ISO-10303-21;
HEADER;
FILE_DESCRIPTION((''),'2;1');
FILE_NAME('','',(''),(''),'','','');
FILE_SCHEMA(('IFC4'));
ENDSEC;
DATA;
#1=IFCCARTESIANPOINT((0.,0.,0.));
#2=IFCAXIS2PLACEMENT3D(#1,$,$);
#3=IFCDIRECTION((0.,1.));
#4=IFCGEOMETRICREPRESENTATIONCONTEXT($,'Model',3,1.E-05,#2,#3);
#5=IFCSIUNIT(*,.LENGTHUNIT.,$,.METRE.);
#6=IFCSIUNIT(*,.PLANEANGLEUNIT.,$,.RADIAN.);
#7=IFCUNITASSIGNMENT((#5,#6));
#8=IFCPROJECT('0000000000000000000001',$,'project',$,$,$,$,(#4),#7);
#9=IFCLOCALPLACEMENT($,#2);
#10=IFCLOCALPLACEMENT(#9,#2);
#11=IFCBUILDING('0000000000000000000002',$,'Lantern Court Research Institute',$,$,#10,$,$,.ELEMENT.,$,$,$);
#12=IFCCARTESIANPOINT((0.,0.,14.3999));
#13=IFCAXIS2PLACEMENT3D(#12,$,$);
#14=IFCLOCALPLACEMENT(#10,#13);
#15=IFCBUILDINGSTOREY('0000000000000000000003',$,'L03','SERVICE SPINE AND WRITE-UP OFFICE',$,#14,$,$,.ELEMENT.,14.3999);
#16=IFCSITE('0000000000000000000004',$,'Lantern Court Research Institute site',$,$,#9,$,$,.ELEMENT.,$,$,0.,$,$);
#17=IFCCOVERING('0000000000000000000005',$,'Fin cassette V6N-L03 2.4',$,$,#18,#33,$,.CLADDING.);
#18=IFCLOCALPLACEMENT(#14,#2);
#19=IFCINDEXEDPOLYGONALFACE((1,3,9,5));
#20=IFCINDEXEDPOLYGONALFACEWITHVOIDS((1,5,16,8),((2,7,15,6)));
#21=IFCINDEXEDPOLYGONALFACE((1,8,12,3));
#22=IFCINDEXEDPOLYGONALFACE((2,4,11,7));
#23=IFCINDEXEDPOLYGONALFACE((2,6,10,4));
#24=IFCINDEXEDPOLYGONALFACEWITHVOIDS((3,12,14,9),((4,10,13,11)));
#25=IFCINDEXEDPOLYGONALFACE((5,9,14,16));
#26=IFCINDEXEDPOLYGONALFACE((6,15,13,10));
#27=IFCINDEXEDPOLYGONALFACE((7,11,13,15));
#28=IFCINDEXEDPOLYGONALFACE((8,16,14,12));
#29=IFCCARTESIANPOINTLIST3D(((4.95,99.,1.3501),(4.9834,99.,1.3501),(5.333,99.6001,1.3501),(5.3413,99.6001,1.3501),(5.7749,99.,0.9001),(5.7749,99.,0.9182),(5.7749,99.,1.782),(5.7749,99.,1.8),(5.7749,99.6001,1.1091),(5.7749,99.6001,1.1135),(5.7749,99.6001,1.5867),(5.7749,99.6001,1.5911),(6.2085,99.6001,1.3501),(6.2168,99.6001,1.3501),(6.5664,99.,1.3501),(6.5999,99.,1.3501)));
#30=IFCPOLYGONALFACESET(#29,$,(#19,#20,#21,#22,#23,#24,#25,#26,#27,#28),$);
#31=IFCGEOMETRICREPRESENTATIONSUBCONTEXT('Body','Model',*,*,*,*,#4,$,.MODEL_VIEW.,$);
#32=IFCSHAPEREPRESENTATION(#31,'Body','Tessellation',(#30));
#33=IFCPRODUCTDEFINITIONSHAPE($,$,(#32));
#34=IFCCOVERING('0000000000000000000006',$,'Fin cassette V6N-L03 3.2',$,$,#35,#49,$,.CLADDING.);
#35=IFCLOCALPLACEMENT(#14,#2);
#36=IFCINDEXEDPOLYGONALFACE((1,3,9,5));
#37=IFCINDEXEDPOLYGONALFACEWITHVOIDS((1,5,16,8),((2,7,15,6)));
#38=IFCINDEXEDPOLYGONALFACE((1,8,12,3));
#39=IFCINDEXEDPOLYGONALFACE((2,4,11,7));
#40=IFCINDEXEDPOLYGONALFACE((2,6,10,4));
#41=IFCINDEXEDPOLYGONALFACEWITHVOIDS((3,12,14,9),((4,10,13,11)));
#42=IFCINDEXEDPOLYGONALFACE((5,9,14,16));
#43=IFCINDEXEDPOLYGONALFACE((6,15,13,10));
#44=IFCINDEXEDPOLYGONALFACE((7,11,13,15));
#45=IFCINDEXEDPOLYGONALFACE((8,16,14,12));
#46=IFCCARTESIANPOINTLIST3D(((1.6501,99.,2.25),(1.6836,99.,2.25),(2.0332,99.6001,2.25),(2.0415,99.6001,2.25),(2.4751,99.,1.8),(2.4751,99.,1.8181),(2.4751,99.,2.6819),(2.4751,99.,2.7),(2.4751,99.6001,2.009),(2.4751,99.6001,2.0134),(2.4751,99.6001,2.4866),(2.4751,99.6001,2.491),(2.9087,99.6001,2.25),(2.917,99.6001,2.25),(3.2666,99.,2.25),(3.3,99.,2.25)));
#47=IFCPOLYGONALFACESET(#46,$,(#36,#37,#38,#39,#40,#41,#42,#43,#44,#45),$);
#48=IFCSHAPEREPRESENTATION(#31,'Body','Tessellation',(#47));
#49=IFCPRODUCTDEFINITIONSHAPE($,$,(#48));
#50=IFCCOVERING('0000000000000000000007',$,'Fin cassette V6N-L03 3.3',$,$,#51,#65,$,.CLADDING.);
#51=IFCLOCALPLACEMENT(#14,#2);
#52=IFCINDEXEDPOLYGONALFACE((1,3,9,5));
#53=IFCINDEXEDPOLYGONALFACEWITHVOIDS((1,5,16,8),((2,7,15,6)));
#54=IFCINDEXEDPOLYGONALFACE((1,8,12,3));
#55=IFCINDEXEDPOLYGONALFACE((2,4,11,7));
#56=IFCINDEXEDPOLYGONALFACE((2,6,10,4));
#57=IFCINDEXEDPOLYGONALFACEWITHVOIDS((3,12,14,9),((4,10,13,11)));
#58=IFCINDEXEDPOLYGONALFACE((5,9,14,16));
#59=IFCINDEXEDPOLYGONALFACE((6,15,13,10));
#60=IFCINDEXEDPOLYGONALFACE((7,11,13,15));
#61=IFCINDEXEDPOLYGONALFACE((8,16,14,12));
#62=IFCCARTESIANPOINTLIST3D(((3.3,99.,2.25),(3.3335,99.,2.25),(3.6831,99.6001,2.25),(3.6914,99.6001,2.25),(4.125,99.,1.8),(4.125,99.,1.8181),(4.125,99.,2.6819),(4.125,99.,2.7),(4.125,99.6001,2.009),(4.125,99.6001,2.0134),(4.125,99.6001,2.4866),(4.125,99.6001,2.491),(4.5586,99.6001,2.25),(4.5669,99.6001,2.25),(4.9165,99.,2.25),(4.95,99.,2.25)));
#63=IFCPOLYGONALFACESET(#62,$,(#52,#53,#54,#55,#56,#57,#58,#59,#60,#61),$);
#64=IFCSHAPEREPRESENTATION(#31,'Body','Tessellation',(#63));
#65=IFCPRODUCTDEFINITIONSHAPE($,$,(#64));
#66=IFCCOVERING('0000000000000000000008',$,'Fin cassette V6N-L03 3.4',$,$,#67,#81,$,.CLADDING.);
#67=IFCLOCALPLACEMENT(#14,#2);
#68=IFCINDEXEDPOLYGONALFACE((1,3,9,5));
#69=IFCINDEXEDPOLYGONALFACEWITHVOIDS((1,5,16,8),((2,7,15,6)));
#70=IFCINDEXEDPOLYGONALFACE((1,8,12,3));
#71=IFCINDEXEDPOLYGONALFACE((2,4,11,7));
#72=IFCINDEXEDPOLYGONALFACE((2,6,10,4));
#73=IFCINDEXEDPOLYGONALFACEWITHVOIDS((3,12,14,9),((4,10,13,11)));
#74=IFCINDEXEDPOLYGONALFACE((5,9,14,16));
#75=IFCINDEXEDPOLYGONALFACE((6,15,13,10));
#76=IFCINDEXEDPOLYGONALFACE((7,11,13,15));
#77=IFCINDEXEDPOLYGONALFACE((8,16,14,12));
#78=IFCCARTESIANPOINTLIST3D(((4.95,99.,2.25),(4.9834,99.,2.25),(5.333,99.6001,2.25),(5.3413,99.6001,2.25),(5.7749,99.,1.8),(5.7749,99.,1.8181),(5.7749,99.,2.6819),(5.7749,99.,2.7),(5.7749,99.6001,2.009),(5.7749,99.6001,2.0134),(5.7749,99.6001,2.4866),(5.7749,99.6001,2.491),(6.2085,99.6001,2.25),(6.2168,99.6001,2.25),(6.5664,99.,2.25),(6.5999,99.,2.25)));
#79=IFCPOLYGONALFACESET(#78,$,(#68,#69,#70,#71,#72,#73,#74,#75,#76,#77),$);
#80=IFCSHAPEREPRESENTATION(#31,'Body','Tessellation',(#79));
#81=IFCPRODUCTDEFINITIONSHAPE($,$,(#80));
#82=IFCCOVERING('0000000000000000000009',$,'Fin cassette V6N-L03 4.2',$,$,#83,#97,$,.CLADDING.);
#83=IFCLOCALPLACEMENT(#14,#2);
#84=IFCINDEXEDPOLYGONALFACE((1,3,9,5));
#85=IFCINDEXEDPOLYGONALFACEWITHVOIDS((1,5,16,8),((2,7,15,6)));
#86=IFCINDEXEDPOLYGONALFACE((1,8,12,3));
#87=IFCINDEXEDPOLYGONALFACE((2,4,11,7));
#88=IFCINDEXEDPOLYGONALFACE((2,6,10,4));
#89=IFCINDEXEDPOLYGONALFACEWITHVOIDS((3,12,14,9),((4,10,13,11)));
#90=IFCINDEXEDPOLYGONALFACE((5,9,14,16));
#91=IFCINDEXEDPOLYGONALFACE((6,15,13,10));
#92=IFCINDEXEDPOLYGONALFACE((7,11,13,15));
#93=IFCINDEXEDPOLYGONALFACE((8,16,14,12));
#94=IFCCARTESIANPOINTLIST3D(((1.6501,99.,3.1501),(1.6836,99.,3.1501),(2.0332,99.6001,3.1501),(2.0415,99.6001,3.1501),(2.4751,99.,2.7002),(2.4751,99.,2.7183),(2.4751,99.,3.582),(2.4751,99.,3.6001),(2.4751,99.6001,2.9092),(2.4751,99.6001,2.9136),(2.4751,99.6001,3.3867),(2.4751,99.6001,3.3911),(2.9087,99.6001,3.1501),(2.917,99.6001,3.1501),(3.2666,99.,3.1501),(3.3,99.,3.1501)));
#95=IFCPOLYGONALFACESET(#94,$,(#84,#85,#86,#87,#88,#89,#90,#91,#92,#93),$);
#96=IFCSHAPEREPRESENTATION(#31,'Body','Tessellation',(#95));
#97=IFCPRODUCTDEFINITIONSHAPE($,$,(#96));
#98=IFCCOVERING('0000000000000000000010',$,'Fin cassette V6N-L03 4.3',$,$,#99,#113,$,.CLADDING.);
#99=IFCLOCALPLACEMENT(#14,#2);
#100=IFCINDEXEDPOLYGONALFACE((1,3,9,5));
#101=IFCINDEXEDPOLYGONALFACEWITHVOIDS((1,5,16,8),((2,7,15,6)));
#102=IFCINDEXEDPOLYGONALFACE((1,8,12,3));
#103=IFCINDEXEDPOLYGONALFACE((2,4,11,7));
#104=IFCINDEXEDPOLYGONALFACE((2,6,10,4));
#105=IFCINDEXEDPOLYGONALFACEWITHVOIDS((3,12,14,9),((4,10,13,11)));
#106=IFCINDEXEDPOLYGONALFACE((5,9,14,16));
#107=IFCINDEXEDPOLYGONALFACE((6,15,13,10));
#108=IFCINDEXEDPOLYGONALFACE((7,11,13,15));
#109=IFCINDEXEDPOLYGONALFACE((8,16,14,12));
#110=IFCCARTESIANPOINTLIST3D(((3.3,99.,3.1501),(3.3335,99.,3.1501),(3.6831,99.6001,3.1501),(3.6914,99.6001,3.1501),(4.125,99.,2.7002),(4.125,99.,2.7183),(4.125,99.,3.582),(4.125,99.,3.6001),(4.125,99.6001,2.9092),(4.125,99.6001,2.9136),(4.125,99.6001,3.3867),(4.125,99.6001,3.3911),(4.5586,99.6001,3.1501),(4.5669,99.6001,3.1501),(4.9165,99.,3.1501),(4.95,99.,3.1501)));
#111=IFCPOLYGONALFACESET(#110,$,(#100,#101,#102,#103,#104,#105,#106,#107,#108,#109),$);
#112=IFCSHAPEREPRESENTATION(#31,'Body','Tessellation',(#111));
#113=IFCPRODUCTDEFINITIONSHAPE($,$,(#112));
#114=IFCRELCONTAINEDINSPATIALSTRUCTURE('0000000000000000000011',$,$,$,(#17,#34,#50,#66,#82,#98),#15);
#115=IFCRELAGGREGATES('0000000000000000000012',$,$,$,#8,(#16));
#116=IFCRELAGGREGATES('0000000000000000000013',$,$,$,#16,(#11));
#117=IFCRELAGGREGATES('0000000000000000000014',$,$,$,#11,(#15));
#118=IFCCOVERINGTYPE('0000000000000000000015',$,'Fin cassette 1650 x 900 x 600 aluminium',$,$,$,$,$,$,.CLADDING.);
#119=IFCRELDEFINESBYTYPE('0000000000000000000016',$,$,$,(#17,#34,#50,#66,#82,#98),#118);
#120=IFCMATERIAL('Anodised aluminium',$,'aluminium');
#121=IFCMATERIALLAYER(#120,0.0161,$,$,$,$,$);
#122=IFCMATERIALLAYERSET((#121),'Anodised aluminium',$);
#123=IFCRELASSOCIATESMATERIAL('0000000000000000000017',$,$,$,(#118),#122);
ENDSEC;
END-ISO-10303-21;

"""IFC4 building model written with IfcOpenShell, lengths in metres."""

from ifc_helpers import new_model, entity, si_unit, direction, frame, origin, place, context, subcontext, project, spatial, material, layer, layer_set, type_object, element, save


model = new_model("IFC4")

# Units and contexts
model_context = context("Model", 3, precision=1e-05, world=origin(), true_north=direction((0.0, 1.0)))
body_context = subcontext(model_context, "Body", "Model", "MODEL_VIEW")
ifc_project = project(units=[si_unit("LENGTHUNIT", "METRE"), si_unit("PLANEANGLEUNIT", "RADIAN")], contexts=[model_context])

# Site, building, storey
site_placement = place(None, origin())
site = spatial("IfcSite", under=ifc_project, at=site_placement, Name="Lantern Court Research Institute site", CompositionType="ELEMENT", RefElevation=0.0)
building_placement = place(site_placement, origin())
building = spatial("IfcBuilding", under=site, at=building_placement, Name="Lantern Court Research Institute", CompositionType="ELEMENT")
storey_placement = place(building_placement, frame((0.0, 0.0, 14.3999)))
storey = spatial("IfcBuildingStorey", under=building, at=storey_placement, Name="L03", Description="SERVICE SPINE AND WRITE-UP OFFICE", CompositionType="ELEMENT", Elevation=14.3999)

# Coverings
ifc_material_1 = material(Name="Anodised aluminium", Category="aluminium")
ifc_layer_1 = layer(ifc_material_1, 0.0161)
ifc_layer_set_1 = layer_set([ifc_layer_1], Name="Anodised aluminium")
covering_type_1 = type_object("IfcCoveringType", Name="Fin cassette 1650 x 900 x 600 aluminium", PredefinedType="CLADDING", material=ifc_layer_set_1)
covering_1_placement = place(storey_placement, frame((5.7749, 99.0, 1.3501), z_axis=(0.0, 1.0, 0.0), x_axis=(-1.0, 0.0, 0.0)))
cartesian_point_1 = entity("IfcCartesianPoint", [0.825, 0.0])
cartesian_point_2 = entity("IfcCartesianPoint", [0.7915, 0.0])
cartesian_point_3 = entity("IfcCartesianPoint", [0.4419, 0.0])
cartesian_point_4 = entity("IfcCartesianPoint", [0.4336, 0.0])
element("IfcCovering", 1, at=covering_1_placement, inside=storey, type_object=covering_type_1, Name="Fin cassette V6N-L03 2.4", PredefinedType="CLADDING", context=body_context, shape_type="SweptSolid", body=[
    entity("IfcExtrudedAreaSolidTapered", entity("IfcArbitraryProfileDefWithVoids", "AREA", None, entity("IfcPolyline", [cartesian_point_1, entity("IfcCartesianPoint", [0.0, 0.45]), entity("IfcCartesianPoint", [-0.825, 0.0]), entity("IfcCartesianPoint", [0.0, -0.45]), cartesian_point_1]), [entity("IfcPolyline", [cartesian_point_2, entity("IfcCartesianPoint", [0.0, 0.4319]), entity("IfcCartesianPoint", [-0.7915, 0.0]), entity("IfcCartesianPoint", [0.0, -0.4319]), cartesian_point_2])]), entity("IfcAxis2Placement3D", entity("IfcCartesianPoint", [0.0, 0.0, 0.0])), entity("IfcDirection", [0.0, 0.0, 1.0]), 0.6001, entity("IfcArbitraryProfileDefWithVoids", "AREA", None, entity("IfcPolyline", [cartesian_point_3, entity("IfcCartesianPoint", [0.0, 0.241]), entity("IfcCartesianPoint", [-0.4419, 0.0]), entity("IfcCartesianPoint", [0.0, -0.241]), cartesian_point_3]), [entity("IfcPolyline", [cartesian_point_4, entity("IfcCartesianPoint", [0.0, 0.2366]), entity("IfcCartesianPoint", [-0.4336, 0.0]), entity("IfcCartesianPoint", [0.0, -0.2366]), cartesian_point_4])])),
])
covering_2_placement = place(storey_placement, frame((2.4751, 99.0, 2.25), z_axis=(0.0, 1.0, 0.0), x_axis=(-1.0, 0.0, 0.0)))
cartesian_point_5 = entity("IfcCartesianPoint", [0.825, 0.0])
cartesian_point_6 = entity("IfcCartesianPoint", [0.7915, 0.0])
cartesian_point_7 = entity("IfcCartesianPoint", [0.4419, 0.0])
cartesian_point_8 = entity("IfcCartesianPoint", [0.4336, 0.0])
element("IfcCovering", 2, at=covering_2_placement, inside=storey, type_object=covering_type_1, Name="Fin cassette V6N-L03 3.2", PredefinedType="CLADDING", context=body_context, shape_type="SweptSolid", body=[
    entity("IfcExtrudedAreaSolidTapered", entity("IfcArbitraryProfileDefWithVoids", "AREA", None, entity("IfcPolyline", [cartesian_point_5, entity("IfcCartesianPoint", [0.0, 0.45]), entity("IfcCartesianPoint", [-0.825, 0.0]), entity("IfcCartesianPoint", [0.0, -0.45]), cartesian_point_5]), [entity("IfcPolyline", [cartesian_point_6, entity("IfcCartesianPoint", [0.0, 0.4319]), entity("IfcCartesianPoint", [-0.7915, 0.0]), entity("IfcCartesianPoint", [0.0, -0.4319]), cartesian_point_6])]), entity("IfcAxis2Placement3D", entity("IfcCartesianPoint", [0.0, 0.0, 0.0])), entity("IfcDirection", [0.0, 0.0, 1.0]), 0.6001, entity("IfcArbitraryProfileDefWithVoids", "AREA", None, entity("IfcPolyline", [cartesian_point_7, entity("IfcCartesianPoint", [0.0, 0.241]), entity("IfcCartesianPoint", [-0.4419, 0.0]), entity("IfcCartesianPoint", [0.0, -0.241]), cartesian_point_7]), [entity("IfcPolyline", [cartesian_point_8, entity("IfcCartesianPoint", [0.0, 0.2366]), entity("IfcCartesianPoint", [-0.4336, 0.0]), entity("IfcCartesianPoint", [0.0, -0.2366]), cartesian_point_8])])),
])
covering_3_placement = place(storey_placement, frame((4.125, 99.0, 2.25), z_axis=(0.0, 1.0, 0.0), x_axis=(-1.0, 0.0, 0.0)))
cartesian_point_9 = entity("IfcCartesianPoint", [0.825, 0.0])
cartesian_point_10 = entity("IfcCartesianPoint", [0.7915, 0.0])
cartesian_point_11 = entity("IfcCartesianPoint", [0.4419, 0.0])
cartesian_point_12 = entity("IfcCartesianPoint", [0.4336, 0.0])
element("IfcCovering", 3, at=covering_3_placement, inside=storey, type_object=covering_type_1, Name="Fin cassette V6N-L03 3.3", PredefinedType="CLADDING", context=body_context, shape_type="SweptSolid", body=[
    entity("IfcExtrudedAreaSolidTapered", entity("IfcArbitraryProfileDefWithVoids", "AREA", None, entity("IfcPolyline", [cartesian_point_9, entity("IfcCartesianPoint", [0.0, 0.45]), entity("IfcCartesianPoint", [-0.825, 0.0]), entity("IfcCartesianPoint", [0.0, -0.45]), cartesian_point_9]), [entity("IfcPolyline", [cartesian_point_10, entity("IfcCartesianPoint", [0.0, 0.4319]), entity("IfcCartesianPoint", [-0.7915, 0.0]), entity("IfcCartesianPoint", [0.0, -0.4319]), cartesian_point_10])]), entity("IfcAxis2Placement3D", entity("IfcCartesianPoint", [0.0, 0.0, 0.0])), entity("IfcDirection", [0.0, 0.0, 1.0]), 0.6001, entity("IfcArbitraryProfileDefWithVoids", "AREA", None, entity("IfcPolyline", [cartesian_point_11, entity("IfcCartesianPoint", [0.0, 0.241]), entity("IfcCartesianPoint", [-0.4419, 0.0]), entity("IfcCartesianPoint", [0.0, -0.241]), cartesian_point_11]), [entity("IfcPolyline", [cartesian_point_12, entity("IfcCartesianPoint", [0.0, 0.2366]), entity("IfcCartesianPoint", [-0.4336, 0.0]), entity("IfcCartesianPoint", [0.0, -0.2366]), cartesian_point_12])])),
])
covering_4_placement = place(storey_placement, frame((5.7749, 99.0, 2.25), z_axis=(0.0, 1.0, 0.0), x_axis=(-1.0, 0.0, 0.0)))
cartesian_point_13 = entity("IfcCartesianPoint", [0.825, 0.0])
cartesian_point_14 = entity("IfcCartesianPoint", [0.7915, 0.0])
cartesian_point_15 = entity("IfcCartesianPoint", [0.4419, 0.0])
cartesian_point_16 = entity("IfcCartesianPoint", [0.4336, 0.0])
element("IfcCovering", 4, at=covering_4_placement, inside=storey, type_object=covering_type_1, Name="Fin cassette V6N-L03 3.4", PredefinedType="CLADDING", context=body_context, shape_type="SweptSolid", body=[
    entity("IfcExtrudedAreaSolidTapered", entity("IfcArbitraryProfileDefWithVoids", "AREA", None, entity("IfcPolyline", [cartesian_point_13, entity("IfcCartesianPoint", [0.0, 0.45]), entity("IfcCartesianPoint", [-0.825, 0.0]), entity("IfcCartesianPoint", [0.0, -0.45]), cartesian_point_13]), [entity("IfcPolyline", [cartesian_point_14, entity("IfcCartesianPoint", [0.0, 0.4319]), entity("IfcCartesianPoint", [-0.7915, 0.0]), entity("IfcCartesianPoint", [0.0, -0.4319]), cartesian_point_14])]), entity("IfcAxis2Placement3D", entity("IfcCartesianPoint", [0.0, 0.0, 0.0])), entity("IfcDirection", [0.0, 0.0, 1.0]), 0.6001, entity("IfcArbitraryProfileDefWithVoids", "AREA", None, entity("IfcPolyline", [cartesian_point_15, entity("IfcCartesianPoint", [0.0, 0.241]), entity("IfcCartesianPoint", [-0.4419, 0.0]), entity("IfcCartesianPoint", [0.0, -0.241]), cartesian_point_15]), [entity("IfcPolyline", [cartesian_point_16, entity("IfcCartesianPoint", [0.0, 0.2366]), entity("IfcCartesianPoint", [-0.4336, 0.0]), entity("IfcCartesianPoint", [0.0, -0.2366]), cartesian_point_16])])),
])
covering_5_placement = place(storey_placement, frame((2.4751, 99.0, 3.1501), z_axis=(0.0, 1.0, 0.0), x_axis=(-1.0, 0.0, 0.0)))
cartesian_point_17 = entity("IfcCartesianPoint", [0.825, 0.0])
cartesian_point_18 = entity("IfcCartesianPoint", [0.7915, 0.0])
cartesian_point_19 = entity("IfcCartesianPoint", [0.4419, 0.0])
cartesian_point_20 = entity("IfcCartesianPoint", [0.4336, 0.0])
element("IfcCovering", 5, at=covering_5_placement, inside=storey, type_object=covering_type_1, Name="Fin cassette V6N-L03 4.2", PredefinedType="CLADDING", context=body_context, shape_type="SweptSolid", body=[
    entity("IfcExtrudedAreaSolidTapered", entity("IfcArbitraryProfileDefWithVoids", "AREA", None, entity("IfcPolyline", [cartesian_point_17, entity("IfcCartesianPoint", [0.0, 0.45]), entity("IfcCartesianPoint", [-0.825, 0.0]), entity("IfcCartesianPoint", [0.0, -0.45]), cartesian_point_17]), [entity("IfcPolyline", [cartesian_point_18, entity("IfcCartesianPoint", [0.0, 0.4319]), entity("IfcCartesianPoint", [-0.7915, 0.0]), entity("IfcCartesianPoint", [0.0, -0.4319]), cartesian_point_18])]), entity("IfcAxis2Placement3D", entity("IfcCartesianPoint", [0.0, 0.0, 0.0])), entity("IfcDirection", [0.0, 0.0, 1.0]), 0.6001, entity("IfcArbitraryProfileDefWithVoids", "AREA", None, entity("IfcPolyline", [cartesian_point_19, entity("IfcCartesianPoint", [0.0, 0.241]), entity("IfcCartesianPoint", [-0.4419, 0.0]), entity("IfcCartesianPoint", [0.0, -0.241]), cartesian_point_19]), [entity("IfcPolyline", [cartesian_point_20, entity("IfcCartesianPoint", [0.0, 0.2366]), entity("IfcCartesianPoint", [-0.4336, 0.0]), entity("IfcCartesianPoint", [0.0, -0.2366]), cartesian_point_20])])),
])
covering_6_placement = place(storey_placement, frame((4.125, 99.0, 3.1501), z_axis=(0.0, 1.0, 0.0), x_axis=(-1.0, 0.0, 0.0)))
cartesian_point_21 = entity("IfcCartesianPoint", [0.825, 0.0])
cartesian_point_22 = entity("IfcCartesianPoint", [0.7915, 0.0])
cartesian_point_23 = entity("IfcCartesianPoint", [0.4419, 0.0])
cartesian_point_24 = entity("IfcCartesianPoint", [0.4336, 0.0])
element("IfcCovering", 6, at=covering_6_placement, inside=storey, type_object=covering_type_1, Name="Fin cassette V6N-L03 4.3", PredefinedType="CLADDING", context=body_context, shape_type="SweptSolid", body=[
    entity("IfcExtrudedAreaSolidTapered", entity("IfcArbitraryProfileDefWithVoids", "AREA", None, entity("IfcPolyline", [cartesian_point_21, entity("IfcCartesianPoint", [0.0, 0.45]), entity("IfcCartesianPoint", [-0.825, 0.0]), entity("IfcCartesianPoint", [0.0, -0.45]), cartesian_point_21]), [entity("IfcPolyline", [cartesian_point_22, entity("IfcCartesianPoint", [0.0, 0.4319]), entity("IfcCartesianPoint", [-0.7915, 0.0]), entity("IfcCartesianPoint", [0.0, -0.4319]), cartesian_point_22])]), entity("IfcAxis2Placement3D", entity("IfcCartesianPoint", [0.0, 0.0, 0.0])), entity("IfcDirection", [0.0, 0.0, 1.0]), 0.6001, entity("IfcArbitraryProfileDefWithVoids", "AREA", None, entity("IfcPolyline", [cartesian_point_23, entity("IfcCartesianPoint", [0.0, 0.241]), entity("IfcCartesianPoint", [-0.4419, 0.0]), entity("IfcCartesianPoint", [0.0, -0.241]), cartesian_point_23]), [entity("IfcPolyline", [cartesian_point_24, entity("IfcCartesianPoint", [0.0, 0.2366]), entity("IfcCartesianPoint", [-0.4336, 0.0]), entity("IfcCartesianPoint", [0.0, -0.2366]), cartesian_point_24])])),
])

save(model, "model.ifc")
